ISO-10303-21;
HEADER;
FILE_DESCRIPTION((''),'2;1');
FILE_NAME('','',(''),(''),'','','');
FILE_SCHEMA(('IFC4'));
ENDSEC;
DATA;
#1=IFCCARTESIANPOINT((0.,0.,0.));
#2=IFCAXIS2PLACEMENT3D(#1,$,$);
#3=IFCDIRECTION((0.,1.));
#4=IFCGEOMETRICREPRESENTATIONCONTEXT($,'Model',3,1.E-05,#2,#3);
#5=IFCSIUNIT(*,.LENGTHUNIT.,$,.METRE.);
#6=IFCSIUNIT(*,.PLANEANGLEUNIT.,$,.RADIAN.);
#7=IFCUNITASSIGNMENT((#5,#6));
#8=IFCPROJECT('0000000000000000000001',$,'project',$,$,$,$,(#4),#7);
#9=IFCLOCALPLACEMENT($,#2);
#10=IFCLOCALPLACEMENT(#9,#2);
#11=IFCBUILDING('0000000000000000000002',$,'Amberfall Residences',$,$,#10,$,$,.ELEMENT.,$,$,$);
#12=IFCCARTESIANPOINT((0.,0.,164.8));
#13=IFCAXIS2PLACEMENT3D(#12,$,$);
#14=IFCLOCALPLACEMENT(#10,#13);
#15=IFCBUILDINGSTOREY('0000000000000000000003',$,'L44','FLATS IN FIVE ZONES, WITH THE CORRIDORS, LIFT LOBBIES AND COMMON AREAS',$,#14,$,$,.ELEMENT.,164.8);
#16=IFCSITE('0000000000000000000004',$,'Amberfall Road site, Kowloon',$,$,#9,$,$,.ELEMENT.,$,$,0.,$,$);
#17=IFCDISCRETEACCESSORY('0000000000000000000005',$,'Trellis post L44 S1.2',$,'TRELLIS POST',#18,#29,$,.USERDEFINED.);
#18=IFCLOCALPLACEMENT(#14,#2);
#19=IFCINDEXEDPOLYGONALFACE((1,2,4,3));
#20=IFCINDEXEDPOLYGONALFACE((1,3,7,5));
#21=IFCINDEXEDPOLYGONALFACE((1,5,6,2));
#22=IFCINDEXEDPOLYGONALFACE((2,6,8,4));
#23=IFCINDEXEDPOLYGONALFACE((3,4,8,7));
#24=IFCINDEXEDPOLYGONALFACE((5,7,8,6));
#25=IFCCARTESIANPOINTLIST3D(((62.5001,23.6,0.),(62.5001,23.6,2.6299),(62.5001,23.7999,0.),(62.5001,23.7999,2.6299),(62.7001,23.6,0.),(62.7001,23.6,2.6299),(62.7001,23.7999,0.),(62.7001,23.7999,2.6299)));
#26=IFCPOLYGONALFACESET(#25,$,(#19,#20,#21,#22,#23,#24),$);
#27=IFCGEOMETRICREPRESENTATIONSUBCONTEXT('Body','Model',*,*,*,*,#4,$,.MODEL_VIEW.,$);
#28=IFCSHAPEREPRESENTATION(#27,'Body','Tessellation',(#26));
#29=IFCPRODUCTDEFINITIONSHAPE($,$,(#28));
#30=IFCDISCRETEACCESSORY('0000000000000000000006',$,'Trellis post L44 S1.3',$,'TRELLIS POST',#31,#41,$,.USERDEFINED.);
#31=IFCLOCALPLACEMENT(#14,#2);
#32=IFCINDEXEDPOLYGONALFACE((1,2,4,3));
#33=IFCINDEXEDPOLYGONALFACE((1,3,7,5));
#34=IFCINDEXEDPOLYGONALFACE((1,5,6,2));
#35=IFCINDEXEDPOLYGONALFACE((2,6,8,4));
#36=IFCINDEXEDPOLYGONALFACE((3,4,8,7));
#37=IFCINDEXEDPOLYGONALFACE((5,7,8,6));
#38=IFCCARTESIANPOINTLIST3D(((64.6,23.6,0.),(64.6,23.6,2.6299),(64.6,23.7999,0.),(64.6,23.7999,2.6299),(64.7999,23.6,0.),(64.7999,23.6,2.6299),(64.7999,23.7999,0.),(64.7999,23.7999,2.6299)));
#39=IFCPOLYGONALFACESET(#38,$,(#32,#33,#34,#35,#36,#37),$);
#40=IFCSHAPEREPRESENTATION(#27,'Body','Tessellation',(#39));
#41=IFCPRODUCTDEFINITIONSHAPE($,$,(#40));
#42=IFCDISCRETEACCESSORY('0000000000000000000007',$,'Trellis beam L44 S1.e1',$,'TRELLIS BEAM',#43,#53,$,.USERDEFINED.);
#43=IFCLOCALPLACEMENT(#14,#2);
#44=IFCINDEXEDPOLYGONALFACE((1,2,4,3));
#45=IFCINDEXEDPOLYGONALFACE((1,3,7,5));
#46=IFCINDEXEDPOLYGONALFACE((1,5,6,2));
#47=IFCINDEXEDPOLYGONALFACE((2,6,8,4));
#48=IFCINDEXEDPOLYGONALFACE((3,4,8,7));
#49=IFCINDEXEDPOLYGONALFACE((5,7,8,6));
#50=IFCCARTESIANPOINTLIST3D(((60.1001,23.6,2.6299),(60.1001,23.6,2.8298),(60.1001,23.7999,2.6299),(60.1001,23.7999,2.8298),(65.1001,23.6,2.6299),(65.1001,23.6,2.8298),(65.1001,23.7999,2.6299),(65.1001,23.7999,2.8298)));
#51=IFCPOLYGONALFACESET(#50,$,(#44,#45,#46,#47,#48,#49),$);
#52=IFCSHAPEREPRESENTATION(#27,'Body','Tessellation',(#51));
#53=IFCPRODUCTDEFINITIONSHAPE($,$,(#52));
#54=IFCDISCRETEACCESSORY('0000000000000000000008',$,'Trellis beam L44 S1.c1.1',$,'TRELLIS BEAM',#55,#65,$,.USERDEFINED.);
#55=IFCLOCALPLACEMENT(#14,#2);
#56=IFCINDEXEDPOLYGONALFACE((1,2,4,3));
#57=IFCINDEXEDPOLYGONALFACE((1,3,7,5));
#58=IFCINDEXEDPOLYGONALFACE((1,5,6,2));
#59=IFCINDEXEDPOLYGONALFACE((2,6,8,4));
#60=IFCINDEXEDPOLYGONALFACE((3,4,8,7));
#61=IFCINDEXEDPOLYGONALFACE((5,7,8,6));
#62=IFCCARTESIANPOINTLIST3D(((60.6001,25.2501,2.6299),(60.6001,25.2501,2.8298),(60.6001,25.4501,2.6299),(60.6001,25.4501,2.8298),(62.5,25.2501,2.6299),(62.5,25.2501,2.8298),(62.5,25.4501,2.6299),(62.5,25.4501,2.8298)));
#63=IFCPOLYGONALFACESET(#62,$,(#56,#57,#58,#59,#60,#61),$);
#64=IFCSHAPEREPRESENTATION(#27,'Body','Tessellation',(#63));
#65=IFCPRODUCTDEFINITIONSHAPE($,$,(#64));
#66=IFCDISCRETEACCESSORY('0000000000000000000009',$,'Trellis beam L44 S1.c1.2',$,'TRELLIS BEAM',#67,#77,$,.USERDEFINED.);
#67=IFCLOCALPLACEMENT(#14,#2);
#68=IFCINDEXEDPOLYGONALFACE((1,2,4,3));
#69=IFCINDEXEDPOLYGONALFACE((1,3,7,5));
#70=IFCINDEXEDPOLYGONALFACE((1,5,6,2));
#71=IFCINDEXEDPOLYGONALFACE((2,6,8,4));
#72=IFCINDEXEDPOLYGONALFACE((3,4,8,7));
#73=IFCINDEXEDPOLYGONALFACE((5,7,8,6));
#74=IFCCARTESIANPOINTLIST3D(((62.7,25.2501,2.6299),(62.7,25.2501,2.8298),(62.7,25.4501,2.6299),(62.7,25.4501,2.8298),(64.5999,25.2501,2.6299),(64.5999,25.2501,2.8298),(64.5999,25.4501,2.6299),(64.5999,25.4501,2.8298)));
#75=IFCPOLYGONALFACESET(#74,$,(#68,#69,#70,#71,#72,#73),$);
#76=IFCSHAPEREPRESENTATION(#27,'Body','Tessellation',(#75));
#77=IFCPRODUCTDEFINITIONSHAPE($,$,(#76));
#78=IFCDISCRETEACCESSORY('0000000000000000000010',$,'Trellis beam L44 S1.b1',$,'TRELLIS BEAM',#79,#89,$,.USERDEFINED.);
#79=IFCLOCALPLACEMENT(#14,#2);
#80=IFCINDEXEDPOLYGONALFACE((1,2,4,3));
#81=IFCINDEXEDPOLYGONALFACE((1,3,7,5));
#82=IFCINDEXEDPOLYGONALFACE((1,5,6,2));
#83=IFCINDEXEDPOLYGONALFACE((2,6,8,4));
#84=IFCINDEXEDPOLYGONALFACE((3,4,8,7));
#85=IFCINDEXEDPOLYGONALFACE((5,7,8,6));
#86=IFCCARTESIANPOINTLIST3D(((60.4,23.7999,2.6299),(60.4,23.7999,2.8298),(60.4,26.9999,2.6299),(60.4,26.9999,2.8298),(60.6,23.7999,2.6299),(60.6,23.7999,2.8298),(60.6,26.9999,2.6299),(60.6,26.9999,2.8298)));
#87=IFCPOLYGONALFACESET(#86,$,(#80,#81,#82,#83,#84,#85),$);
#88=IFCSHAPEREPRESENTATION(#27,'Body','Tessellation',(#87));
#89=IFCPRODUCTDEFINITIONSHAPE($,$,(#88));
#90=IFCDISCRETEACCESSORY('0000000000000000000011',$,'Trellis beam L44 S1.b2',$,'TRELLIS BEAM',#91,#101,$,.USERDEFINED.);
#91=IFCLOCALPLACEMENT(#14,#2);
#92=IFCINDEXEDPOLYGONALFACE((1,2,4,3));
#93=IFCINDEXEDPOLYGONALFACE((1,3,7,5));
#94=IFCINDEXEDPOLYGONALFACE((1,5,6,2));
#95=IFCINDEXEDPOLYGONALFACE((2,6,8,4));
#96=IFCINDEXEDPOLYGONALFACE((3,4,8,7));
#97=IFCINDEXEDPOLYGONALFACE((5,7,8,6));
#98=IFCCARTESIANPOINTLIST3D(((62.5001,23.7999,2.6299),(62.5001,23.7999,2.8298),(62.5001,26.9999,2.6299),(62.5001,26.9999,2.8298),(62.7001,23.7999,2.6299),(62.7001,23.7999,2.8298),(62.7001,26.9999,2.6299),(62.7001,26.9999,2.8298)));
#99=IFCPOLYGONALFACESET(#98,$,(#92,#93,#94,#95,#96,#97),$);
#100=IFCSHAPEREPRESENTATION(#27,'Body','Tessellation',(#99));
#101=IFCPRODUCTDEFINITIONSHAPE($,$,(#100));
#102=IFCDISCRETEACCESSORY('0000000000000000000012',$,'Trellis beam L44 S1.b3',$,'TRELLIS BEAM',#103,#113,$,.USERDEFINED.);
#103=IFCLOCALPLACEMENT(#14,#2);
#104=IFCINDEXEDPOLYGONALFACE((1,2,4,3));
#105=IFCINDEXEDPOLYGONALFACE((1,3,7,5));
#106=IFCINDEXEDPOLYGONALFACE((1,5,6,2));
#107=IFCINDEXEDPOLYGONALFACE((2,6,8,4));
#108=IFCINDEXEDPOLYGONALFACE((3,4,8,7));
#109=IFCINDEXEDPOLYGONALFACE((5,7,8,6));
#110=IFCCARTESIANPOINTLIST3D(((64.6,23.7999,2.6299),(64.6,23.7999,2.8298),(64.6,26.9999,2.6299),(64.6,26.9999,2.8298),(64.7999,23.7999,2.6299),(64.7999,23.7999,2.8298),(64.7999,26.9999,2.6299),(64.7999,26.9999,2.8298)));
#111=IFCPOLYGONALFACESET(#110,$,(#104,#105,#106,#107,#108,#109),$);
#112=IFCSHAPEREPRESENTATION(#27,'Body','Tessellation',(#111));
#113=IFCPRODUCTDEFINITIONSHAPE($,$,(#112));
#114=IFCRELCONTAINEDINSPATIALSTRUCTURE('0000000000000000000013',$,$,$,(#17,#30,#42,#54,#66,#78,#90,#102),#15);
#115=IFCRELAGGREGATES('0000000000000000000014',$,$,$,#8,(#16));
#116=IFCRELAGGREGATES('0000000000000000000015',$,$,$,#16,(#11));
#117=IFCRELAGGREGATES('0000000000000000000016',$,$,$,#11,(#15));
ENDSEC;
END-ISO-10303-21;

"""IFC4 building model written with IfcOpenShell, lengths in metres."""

from ifc_helpers import new_model, si_unit, direction, frame, origin, origin_2d, place, context, subcontext, project, spatial, rectangle, extrude, element, save


model = new_model("IFC4")

# Units and contexts
model_context = context("Model", 3, precision=1e-05, world=origin(), true_north=direction((0.0, 1.0)))
body_context = subcontext(model_context, "Body", "Model", "MODEL_VIEW")
ifc_project = project(units=[si_unit("LENGTHUNIT", "METRE"), si_unit("PLANEANGLEUNIT", "RADIAN")], contexts=[model_context])

# Site, building, storey
site_placement = place(None, origin())
site = spatial("IfcSite", under=ifc_project, at=site_placement, Name="Amberfall Road site, Kowloon", CompositionType="ELEMENT", RefElevation=0.0)
building_placement = place(site_placement, origin())
building = spatial("IfcBuilding", under=site, at=building_placement, Name="Amberfall Residences", CompositionType="ELEMENT")
storey_placement = place(building_placement, frame((0.0, 0.0, 164.8)))
storey = spatial("IfcBuildingStorey", under=building, at=storey_placement, Name="L44", Description="FLATS IN FIVE ZONES, WITH THE CORRIDORS, LIFT LOBBIES AND COMMON AREAS", CompositionType="ELEMENT", Elevation=164.8)

# Discrete accessories
for number, where, z_axis, x_axis, name in (
    (1, (62.6001, 23.7, 0.0), (0.0, 0.0, 1.0), (1.0, 0.0, 0.0), "Trellis post L44 S1.2"),
    (2, (64.7, 23.7, 0.0), (0.0, 0.0, 1.0), (1.0, 0.0, 0.0), "Trellis post L44 S1.3"),
):
    element("IfcDiscreteAccessory", number, at=place(storey_placement, frame(where, z_axis=z_axis, x_axis=x_axis)), inside=storey, Name=name, ObjectType="TRELLIS POST", PredefinedType="USERDEFINED", context=body_context, shape_type="SweptSolid", body=[
        extrude(rectangle(XDim=0.2, YDim=0.2, at=origin_2d()), origin(), (0.0, 0.0, 1.0), 2.6299),
    ])
discrete_accessory_placement = place(storey_placement, frame((62.6001, 23.7, 2.6299), z_axis=(0.0, 0.0, 1.0), x_axis=(1.0, 0.0, 0.0)))
element("IfcDiscreteAccessory", 3, at=discrete_accessory_placement, inside=storey, Name="Trellis beam L44 S1.e1", ObjectType="TRELLIS BEAM", PredefinedType="USERDEFINED", context=body_context, shape_type="SweptSolid", body=[
    extrude(rectangle(XDim=5.0, YDim=0.2, at=origin_2d()), origin(), (0.0, 0.0, 1.0), 0.2),
])
for number, where, z_axis, x_axis, name in (
    (4, (61.55, 25.3501, 2.6299), (0.0, 0.0, 1.0), (1.0, 0.0, 0.0), "Trellis beam L44 S1.c1.1"),
    (5, (63.6499, 25.3501, 2.6299), (0.0, 0.0, 1.0), (1.0, 0.0, 0.0), "Trellis beam L44 S1.c1.2"),
):
    element("IfcDiscreteAccessory", number, at=place(storey_placement, frame(where, z_axis=z_axis, x_axis=x_axis)), inside=storey, Name=name, ObjectType="TRELLIS BEAM", PredefinedType="USERDEFINED", context=body_context, shape_type="SweptSolid", body=[
        extrude(rectangle(XDim=1.8999, YDim=0.2, at=origin_2d()), origin(), (0.0, 0.0, 1.0), 0.2),
    ])
for number, where, z_axis, x_axis, name in (
    (6, (60.5, 25.3999, 2.6299), (0.0, 0.0, 1.0), (0.0, 1.0, 0.0), "Trellis beam L44 S1.b1"),
    (7, (62.6001, 25.3999, 2.6299), (0.0, 0.0, 1.0), (0.0, 1.0, 0.0), "Trellis beam L44 S1.b2"),
    (8, (64.7, 25.3999, 2.6299), (0.0, 0.0, 1.0), (0.0, 1.0, 0.0), "Trellis beam L44 S1.b3"),
):
    element("IfcDiscreteAccessory", number, at=place(storey_placement, frame(where, z_axis=z_axis, x_axis=x_axis)), inside=storey, Name=name, ObjectType="TRELLIS BEAM", PredefinedType="USERDEFINED", context=body_context, shape_type="SweptSolid", body=[
        extrude(rectangle(XDim=3.2, YDim=0.2, at=origin_2d()), origin(), (0.0, 0.0, 1.0), 0.2),
    ])

save(model, "model.ifc")
